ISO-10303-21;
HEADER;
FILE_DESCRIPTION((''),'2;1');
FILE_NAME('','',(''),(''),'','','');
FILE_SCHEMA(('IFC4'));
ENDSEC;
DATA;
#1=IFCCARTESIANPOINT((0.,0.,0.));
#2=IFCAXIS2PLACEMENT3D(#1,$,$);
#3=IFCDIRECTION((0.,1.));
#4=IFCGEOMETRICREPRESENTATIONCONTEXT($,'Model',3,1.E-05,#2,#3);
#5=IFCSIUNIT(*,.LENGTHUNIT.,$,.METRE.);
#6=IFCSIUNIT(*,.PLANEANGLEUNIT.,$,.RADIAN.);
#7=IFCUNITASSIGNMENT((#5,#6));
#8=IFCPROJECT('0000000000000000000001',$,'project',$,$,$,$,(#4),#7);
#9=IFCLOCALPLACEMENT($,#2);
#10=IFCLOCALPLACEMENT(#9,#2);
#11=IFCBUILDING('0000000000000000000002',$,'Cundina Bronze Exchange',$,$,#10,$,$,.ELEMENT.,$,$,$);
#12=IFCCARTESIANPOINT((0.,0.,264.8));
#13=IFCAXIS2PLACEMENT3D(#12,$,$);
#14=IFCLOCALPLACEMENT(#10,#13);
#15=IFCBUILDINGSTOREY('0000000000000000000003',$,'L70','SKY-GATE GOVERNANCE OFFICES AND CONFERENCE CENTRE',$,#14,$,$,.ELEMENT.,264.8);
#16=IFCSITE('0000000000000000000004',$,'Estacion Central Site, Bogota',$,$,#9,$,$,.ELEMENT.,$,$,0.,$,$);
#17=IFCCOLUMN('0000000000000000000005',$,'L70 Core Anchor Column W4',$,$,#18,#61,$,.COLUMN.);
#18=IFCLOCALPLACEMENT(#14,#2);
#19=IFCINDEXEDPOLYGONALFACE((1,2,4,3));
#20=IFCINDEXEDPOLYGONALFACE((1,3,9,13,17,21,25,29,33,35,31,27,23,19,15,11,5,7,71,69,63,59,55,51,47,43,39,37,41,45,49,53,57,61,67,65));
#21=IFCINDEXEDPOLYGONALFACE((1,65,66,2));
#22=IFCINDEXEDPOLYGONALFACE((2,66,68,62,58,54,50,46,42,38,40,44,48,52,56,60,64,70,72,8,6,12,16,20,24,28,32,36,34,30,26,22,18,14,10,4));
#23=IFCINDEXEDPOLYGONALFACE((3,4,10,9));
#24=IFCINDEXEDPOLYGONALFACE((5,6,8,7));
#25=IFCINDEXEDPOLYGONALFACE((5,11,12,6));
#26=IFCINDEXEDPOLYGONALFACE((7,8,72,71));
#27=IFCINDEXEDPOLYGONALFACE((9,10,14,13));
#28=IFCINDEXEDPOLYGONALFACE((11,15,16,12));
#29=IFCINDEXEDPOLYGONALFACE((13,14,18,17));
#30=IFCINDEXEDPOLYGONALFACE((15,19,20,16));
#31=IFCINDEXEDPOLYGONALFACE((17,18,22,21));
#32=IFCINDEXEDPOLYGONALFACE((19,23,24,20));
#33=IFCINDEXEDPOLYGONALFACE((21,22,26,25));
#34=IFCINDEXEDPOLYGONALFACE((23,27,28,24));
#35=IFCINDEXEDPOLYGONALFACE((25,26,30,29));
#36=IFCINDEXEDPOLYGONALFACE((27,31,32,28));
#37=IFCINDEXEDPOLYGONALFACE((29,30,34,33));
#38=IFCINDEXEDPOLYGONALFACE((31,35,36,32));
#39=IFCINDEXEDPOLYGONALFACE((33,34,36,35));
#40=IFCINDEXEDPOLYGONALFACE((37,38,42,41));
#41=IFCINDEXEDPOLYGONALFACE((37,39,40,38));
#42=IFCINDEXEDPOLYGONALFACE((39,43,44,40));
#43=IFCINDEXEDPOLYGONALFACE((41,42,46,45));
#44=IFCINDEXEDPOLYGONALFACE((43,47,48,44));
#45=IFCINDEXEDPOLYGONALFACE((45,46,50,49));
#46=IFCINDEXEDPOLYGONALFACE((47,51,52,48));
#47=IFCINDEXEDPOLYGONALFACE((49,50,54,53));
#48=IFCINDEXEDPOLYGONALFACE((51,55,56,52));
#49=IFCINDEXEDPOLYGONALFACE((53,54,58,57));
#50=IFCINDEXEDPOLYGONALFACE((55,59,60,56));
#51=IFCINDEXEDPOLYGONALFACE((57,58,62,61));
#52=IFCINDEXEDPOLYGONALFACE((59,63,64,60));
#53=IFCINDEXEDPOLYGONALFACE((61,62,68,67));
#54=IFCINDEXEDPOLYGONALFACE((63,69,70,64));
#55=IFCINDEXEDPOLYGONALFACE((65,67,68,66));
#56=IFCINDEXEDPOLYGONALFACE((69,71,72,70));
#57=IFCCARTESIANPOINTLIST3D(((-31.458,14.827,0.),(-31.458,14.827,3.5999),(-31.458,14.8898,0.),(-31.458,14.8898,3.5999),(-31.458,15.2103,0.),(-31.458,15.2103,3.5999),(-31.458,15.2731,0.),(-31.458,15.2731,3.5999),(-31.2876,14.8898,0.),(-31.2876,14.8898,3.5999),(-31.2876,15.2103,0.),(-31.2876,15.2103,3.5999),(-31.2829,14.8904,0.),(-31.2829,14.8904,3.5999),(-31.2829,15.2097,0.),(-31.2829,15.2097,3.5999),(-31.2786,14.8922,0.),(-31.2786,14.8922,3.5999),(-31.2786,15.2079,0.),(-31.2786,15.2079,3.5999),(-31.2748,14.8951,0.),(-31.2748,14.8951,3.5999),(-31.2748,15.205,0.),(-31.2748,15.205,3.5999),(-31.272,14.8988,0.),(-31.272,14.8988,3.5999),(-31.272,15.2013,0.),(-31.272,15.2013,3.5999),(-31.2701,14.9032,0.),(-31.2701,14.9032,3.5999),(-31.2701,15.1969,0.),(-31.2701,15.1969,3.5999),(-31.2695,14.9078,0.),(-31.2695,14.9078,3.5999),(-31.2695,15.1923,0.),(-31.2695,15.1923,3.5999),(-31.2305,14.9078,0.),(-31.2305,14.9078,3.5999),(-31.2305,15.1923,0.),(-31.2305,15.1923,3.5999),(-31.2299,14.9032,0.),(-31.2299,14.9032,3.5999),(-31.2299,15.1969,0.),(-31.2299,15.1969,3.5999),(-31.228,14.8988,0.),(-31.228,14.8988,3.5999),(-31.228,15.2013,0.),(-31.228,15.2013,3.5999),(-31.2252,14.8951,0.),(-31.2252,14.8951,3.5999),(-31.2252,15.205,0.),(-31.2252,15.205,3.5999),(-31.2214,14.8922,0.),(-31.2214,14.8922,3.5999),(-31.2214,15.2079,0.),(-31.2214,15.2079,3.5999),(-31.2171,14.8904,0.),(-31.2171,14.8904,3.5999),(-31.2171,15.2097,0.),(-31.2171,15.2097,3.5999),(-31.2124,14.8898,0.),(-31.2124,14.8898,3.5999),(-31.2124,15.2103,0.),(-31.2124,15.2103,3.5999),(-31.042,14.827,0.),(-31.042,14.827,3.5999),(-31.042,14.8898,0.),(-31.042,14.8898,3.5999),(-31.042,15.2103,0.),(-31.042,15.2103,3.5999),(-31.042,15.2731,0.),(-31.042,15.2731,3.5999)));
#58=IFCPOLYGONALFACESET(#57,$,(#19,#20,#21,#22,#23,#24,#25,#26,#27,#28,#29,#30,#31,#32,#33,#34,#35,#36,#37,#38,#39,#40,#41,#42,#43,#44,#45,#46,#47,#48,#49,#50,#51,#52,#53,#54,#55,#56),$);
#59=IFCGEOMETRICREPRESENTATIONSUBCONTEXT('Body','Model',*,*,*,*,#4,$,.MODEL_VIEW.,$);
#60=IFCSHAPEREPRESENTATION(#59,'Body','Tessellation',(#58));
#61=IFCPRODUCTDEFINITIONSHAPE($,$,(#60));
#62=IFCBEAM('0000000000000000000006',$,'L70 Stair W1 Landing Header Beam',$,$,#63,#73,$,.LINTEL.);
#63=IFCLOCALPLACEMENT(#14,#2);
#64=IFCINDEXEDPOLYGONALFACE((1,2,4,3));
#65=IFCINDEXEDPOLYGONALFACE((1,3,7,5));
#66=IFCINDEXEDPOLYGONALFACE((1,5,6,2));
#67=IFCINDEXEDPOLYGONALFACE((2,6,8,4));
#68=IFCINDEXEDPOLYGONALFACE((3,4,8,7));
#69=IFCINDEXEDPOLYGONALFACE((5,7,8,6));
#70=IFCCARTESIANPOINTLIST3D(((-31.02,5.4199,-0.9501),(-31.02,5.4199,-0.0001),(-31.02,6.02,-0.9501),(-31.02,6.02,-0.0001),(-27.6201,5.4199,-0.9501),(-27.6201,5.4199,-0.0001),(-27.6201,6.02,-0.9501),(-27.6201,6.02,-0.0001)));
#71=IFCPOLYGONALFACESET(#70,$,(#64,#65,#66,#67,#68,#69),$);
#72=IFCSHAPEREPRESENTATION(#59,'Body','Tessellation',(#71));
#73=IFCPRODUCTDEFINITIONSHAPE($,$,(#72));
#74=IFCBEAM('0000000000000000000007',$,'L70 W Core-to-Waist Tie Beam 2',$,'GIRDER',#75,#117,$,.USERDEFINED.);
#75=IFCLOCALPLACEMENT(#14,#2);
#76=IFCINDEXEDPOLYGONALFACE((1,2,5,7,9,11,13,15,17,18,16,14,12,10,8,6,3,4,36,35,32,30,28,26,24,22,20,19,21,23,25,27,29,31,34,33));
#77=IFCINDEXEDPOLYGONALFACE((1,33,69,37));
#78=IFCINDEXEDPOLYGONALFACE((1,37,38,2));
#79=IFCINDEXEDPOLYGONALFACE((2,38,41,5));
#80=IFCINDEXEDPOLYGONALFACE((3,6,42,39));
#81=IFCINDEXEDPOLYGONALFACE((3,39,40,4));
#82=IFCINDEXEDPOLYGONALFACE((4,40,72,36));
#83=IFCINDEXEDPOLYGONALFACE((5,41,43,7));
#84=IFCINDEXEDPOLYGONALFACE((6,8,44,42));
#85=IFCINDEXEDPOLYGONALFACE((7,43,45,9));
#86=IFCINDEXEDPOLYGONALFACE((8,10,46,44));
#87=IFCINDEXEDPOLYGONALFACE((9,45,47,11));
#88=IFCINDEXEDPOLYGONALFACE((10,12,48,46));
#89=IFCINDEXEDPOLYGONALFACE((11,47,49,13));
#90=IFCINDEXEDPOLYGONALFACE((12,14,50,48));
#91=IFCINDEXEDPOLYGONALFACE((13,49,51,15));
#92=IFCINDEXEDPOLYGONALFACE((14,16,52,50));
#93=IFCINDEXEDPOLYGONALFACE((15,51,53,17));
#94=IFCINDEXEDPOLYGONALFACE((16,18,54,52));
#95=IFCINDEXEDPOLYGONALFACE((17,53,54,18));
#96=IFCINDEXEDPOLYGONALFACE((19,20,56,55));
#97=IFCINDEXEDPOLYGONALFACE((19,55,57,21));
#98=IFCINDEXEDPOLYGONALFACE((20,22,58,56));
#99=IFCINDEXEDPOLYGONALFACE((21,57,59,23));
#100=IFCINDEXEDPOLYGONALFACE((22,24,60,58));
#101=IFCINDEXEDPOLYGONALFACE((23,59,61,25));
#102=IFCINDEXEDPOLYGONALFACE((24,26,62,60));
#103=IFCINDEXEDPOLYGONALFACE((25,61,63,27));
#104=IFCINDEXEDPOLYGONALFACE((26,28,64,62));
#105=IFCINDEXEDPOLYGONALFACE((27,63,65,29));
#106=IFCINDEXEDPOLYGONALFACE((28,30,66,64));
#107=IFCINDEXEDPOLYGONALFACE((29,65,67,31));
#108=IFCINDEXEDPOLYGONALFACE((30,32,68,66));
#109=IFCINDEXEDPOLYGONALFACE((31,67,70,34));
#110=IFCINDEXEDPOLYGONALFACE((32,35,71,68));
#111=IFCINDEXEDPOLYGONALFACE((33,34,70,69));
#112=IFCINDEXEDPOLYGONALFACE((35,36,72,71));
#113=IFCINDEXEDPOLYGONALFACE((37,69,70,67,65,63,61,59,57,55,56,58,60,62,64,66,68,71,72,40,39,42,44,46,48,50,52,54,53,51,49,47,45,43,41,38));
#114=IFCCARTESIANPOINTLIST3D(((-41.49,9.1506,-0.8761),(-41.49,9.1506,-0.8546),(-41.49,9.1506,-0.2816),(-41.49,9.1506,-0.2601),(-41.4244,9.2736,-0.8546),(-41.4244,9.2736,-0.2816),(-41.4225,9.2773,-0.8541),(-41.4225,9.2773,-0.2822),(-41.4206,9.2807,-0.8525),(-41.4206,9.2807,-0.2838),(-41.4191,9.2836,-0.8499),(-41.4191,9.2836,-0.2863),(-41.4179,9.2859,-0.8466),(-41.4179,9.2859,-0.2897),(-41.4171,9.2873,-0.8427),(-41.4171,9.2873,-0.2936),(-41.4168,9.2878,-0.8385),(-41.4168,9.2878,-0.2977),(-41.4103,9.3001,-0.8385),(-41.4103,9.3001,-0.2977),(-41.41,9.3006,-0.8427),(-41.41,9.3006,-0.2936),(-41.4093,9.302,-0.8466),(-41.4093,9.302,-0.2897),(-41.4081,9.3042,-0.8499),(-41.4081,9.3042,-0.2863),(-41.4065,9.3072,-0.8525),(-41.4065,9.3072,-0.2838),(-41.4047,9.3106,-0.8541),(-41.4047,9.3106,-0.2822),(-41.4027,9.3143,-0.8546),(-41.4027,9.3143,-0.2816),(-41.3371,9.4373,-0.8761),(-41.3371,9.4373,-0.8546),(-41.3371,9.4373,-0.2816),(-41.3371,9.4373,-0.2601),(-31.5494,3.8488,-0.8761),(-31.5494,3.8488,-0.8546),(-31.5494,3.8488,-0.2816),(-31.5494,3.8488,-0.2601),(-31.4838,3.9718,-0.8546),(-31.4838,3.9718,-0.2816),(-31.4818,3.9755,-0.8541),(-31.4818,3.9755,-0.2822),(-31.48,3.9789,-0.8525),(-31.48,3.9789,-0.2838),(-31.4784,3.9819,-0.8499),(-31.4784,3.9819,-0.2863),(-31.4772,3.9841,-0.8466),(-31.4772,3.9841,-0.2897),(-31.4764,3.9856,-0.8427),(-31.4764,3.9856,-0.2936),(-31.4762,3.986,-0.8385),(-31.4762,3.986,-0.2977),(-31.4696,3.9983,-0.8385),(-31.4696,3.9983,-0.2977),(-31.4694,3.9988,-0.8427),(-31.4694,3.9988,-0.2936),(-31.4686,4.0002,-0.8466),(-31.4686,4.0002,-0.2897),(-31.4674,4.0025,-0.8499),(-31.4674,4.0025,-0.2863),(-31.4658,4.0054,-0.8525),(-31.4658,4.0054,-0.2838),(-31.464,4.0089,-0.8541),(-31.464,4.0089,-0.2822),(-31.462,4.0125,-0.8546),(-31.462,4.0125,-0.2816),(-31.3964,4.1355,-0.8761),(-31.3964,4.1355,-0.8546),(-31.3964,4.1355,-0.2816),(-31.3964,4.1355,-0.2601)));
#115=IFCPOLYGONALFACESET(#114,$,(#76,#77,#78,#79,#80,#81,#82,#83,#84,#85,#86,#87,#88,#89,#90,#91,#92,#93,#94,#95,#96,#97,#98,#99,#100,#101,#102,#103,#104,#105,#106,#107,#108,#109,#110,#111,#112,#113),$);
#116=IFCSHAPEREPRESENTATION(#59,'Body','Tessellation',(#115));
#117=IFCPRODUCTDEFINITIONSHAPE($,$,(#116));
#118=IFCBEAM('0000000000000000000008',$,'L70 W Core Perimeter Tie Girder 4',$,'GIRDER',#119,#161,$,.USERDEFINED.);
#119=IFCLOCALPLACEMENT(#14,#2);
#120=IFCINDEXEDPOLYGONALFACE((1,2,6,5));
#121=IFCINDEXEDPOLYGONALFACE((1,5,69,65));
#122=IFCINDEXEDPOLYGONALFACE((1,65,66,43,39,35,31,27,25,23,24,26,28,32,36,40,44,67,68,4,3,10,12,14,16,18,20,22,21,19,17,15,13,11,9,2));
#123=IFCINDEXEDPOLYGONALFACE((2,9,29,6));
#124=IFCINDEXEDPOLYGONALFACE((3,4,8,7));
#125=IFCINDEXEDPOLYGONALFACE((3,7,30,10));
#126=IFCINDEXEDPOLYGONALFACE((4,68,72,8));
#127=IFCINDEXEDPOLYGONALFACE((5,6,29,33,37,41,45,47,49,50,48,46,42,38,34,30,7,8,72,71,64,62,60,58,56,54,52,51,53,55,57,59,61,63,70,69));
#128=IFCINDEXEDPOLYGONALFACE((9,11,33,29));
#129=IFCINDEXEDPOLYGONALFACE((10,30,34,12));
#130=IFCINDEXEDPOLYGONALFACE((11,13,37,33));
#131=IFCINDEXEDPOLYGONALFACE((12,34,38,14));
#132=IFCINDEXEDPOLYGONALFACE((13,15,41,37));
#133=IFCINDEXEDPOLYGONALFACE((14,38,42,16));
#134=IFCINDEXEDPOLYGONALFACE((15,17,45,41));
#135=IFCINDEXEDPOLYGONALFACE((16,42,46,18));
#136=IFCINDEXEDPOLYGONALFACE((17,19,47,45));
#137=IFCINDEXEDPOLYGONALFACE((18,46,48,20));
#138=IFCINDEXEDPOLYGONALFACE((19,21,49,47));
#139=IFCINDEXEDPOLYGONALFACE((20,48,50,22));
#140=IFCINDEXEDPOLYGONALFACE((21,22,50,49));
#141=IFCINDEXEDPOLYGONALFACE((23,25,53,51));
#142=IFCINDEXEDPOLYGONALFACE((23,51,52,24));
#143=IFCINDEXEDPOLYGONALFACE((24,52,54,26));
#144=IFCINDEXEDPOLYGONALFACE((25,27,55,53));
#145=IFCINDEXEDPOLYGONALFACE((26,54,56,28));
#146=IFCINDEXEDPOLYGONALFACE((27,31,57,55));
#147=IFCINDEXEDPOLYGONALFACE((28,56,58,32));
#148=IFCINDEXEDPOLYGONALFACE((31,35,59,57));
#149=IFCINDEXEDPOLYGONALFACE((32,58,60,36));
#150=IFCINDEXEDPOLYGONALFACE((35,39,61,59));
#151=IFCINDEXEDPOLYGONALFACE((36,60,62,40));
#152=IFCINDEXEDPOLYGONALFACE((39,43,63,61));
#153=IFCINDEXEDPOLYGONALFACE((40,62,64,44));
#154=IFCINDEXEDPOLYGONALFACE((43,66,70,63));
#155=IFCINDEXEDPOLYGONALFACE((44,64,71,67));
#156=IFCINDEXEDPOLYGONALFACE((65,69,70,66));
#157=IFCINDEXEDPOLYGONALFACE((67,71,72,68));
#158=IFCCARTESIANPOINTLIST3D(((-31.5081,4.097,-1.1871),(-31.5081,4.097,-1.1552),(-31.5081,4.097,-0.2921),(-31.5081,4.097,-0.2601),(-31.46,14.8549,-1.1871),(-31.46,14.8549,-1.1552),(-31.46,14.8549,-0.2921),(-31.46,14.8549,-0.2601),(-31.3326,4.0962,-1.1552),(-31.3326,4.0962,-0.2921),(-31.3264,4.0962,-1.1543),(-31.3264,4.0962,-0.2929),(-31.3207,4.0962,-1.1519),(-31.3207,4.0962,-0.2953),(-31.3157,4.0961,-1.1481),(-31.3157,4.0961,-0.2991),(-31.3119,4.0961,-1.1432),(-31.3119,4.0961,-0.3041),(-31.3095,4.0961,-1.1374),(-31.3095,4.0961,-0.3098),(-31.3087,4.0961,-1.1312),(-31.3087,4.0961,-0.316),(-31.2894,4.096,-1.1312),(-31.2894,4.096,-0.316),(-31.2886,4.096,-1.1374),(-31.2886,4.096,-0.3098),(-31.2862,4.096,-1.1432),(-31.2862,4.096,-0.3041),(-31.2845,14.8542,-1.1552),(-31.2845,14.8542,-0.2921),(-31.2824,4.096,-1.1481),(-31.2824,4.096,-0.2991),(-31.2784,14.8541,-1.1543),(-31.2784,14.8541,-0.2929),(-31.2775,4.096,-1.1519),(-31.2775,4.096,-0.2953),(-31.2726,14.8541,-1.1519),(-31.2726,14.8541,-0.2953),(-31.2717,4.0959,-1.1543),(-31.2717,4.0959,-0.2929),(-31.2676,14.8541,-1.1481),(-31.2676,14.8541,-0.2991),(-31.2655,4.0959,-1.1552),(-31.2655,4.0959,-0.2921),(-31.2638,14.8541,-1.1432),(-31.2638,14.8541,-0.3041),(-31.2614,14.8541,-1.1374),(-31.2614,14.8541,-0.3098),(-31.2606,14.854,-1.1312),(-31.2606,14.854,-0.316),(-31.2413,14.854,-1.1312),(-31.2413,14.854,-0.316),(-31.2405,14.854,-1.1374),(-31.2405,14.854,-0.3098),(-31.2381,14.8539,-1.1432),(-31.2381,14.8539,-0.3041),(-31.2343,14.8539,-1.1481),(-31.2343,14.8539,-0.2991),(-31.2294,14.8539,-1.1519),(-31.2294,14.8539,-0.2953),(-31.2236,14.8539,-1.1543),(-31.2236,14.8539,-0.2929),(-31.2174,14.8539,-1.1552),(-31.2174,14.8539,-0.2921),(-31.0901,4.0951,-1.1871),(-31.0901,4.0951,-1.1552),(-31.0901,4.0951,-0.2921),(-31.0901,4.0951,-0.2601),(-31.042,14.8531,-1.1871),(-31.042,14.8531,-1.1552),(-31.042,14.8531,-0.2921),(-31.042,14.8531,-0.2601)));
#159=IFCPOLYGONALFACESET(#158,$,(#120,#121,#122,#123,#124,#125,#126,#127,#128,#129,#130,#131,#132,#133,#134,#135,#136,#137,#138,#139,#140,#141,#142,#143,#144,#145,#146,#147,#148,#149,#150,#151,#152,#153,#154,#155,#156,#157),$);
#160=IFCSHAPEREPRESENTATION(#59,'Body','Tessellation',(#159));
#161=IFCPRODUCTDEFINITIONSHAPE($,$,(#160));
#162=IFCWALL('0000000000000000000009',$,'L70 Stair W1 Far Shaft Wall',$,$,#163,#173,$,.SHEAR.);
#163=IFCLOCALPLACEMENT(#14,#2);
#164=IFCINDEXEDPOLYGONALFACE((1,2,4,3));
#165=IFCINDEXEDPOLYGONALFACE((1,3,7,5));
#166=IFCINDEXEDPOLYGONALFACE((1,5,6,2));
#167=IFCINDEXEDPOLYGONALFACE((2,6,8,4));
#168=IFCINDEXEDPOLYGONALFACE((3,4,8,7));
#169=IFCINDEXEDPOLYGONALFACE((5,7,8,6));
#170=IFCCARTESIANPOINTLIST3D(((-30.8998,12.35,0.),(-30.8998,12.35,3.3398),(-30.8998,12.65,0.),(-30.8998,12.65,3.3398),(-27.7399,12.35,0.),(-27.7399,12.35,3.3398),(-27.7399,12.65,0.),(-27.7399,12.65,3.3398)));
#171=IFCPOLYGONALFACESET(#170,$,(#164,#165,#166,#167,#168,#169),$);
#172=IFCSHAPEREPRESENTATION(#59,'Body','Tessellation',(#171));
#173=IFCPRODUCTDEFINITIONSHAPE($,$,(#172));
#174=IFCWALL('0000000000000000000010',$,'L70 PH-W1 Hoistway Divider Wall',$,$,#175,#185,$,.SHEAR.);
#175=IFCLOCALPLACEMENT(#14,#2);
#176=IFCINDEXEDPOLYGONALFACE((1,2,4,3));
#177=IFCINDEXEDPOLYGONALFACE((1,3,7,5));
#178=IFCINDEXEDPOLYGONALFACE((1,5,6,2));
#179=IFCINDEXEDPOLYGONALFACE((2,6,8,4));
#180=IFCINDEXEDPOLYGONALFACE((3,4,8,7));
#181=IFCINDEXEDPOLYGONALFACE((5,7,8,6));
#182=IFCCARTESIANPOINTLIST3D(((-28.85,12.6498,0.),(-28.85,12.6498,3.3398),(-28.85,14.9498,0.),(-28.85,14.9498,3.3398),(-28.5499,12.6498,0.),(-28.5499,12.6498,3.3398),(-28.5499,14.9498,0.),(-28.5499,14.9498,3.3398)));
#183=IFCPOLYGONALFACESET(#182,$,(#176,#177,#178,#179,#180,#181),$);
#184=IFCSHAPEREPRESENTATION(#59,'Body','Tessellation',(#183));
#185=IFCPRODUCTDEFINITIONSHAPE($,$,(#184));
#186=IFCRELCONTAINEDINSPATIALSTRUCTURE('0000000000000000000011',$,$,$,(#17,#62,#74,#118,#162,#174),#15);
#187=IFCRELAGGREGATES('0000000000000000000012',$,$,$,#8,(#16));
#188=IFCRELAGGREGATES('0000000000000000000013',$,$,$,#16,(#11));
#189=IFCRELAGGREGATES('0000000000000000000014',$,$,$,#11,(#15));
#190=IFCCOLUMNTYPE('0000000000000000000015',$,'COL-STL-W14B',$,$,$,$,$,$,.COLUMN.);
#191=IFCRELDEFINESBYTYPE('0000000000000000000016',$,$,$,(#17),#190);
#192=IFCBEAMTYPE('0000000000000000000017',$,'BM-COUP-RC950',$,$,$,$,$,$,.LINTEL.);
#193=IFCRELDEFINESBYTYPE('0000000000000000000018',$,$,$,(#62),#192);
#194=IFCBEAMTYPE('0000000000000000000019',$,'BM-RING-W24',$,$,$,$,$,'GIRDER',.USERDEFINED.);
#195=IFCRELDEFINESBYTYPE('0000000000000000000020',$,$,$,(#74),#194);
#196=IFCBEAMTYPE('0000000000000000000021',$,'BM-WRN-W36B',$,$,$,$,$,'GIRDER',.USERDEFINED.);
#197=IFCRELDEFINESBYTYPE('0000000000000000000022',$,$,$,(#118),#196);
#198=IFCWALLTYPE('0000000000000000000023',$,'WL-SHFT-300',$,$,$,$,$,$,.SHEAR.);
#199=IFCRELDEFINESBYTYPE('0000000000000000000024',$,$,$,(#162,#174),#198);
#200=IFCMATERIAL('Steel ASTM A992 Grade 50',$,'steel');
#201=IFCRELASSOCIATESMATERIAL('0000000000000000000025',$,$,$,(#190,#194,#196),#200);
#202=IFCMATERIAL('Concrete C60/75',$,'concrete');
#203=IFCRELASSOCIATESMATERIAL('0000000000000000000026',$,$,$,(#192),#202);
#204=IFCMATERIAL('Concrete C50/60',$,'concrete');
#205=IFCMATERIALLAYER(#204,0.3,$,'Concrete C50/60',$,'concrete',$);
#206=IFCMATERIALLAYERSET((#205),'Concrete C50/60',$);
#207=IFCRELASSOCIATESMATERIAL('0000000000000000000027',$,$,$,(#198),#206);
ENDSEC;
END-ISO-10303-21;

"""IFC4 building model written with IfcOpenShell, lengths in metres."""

from ifc_helpers import new_model, si_unit, direction, frame, frame_2d, origin, origin_2d, place, context, subcontext, project, spatial, rectangle, i_section, extrude, material, layer, layer_set, material_profile, profile_set, type_object, element, save


model = new_model("IFC4")

# Units and contexts
model_context = context("Model", 3, precision=1e-05, world=origin(), true_north=direction((0.0, 1.0)))
body_context = subcontext(model_context, "Body", "Model", "MODEL_VIEW")
ifc_project = project(units=[si_unit("LENGTHUNIT", "METRE"), si_unit("PLANEANGLEUNIT", "RADIAN")], contexts=[model_context])

# Site, building, storey
site_placement = place(None, origin())
site = spatial("IfcSite", under=ifc_project, at=site_placement, Name="Estacion Central Site, Bogota", CompositionType="ELEMENT", RefElevation=0.0)
building_placement = place(site_placement, origin())
building = spatial("IfcBuilding", under=site, at=building_placement, Name="Cundina Bronze Exchange", CompositionType="ELEMENT")
storey_placement = place(building_placement, frame((0.0, 0.0, 264.8)))
storey = spatial("IfcBuildingStorey", under=building, at=storey_placement, Name="L70", Description="SKY-GATE GOVERNANCE OFFICES AND CONFERENCE CENTRE", CompositionType="ELEMENT", Elevation=264.8)

# Column
ifc_material_1 = material(Name="Steel ASTM A992 Grade 50", Category="steel")
ifc_material_profile_1 = material_profile(ifc_material_1, i_section(OverallWidth=0.416, OverallDepth=0.446, WebThickness=0.0391, FlangeThickness=0.0627, FilletRadius=0.0181, at=origin_2d()), Name="W14X342", Category="steel")
ifc_profile_set_1 = profile_set([ifc_material_profile_1], Name="Steel ASTM A992 Grade 50")
column_type = type_object("IfcColumnType", Name="COL-STL-W14B", PredefinedType="COLUMN", material=ifc_profile_set_1)
column_placement = place(storey_placement, frame((-31.25, 15.05, 0.0), z_axis=(0.0, 0.0, 1.0), x_axis=(1.0, 0.0, 0.0)))
element("IfcColumn", 1, at=column_placement, inside=storey, type_object=column_type, Name="L70 Core Anchor Column W4", PredefinedType="COLUMN", context=body_context, shape_type="SweptSolid", body=[
    extrude(i_section(OverallWidth=0.416, OverallDepth=0.446, WebThickness=0.0391, FlangeThickness=0.0627, FilletRadius=0.0181, at=origin_2d()), origin(), (0.0, 0.0, 1.0), 3.5999),
])

# Beams
ifc_material_2 = material(Name="Concrete C60/75", Category="concrete")
ifc_material_profile_2 = material_profile(ifc_material_2, rectangle(XDim=0.6001, YDim=0.95, at=origin_2d()), Name="RC600X950", Category="concrete")
ifc_profile_set_2 = profile_set([ifc_material_profile_2], Name="Concrete C60/75")
beam_type_1 = type_object("IfcBeamType", Name="BM-COUP-RC950", PredefinedType="LINTEL", material=ifc_profile_set_2)
beam_1_placement = place(storey_placement, frame((-31.02, 5.72, -0.4751), z_axis=(1.0, 0.0, 0.0), x_axis=(0.0, 1.0, 0.0)))
element("IfcBeam", 2, at=beam_1_placement, inside=storey, type_object=beam_type_1, Name="L70 Stair W1 Landing Header Beam", PredefinedType="LINTEL", context=body_context, shape_type="SweptSolid", body=[
    extrude(rectangle(XDim=0.6001, YDim=0.95, at=origin_2d()), origin(), (0.0, 0.0, 1.0), 3.3999),
])
ifc_material_profile_3 = material_profile(ifc_material_1, i_section(OverallWidth=0.325, OverallDepth=0.616, WebThickness=0.0139, FlangeThickness=0.0215, FilletRadius=0.0161, at=origin_2d()), Name="W24X117", Category="steel")
ifc_profile_set_3 = profile_set([ifc_material_profile_3], Name="Steel ASTM A992 Grade 50")
beam_type_2 = type_object("IfcBeamType", Name="BM-RING-W24", ElementType="GIRDER", PredefinedType="USERDEFINED", material=ifc_profile_set_3)
beam_2_placement = place(storey_placement, frame((-31.4729, 3.9922, -0.5681), z_axis=(-0.882351, 0.470593, 0.0), x_axis=(-0.470593, -0.882351, 0.0)))
element("IfcBeam", 3, at=beam_2_placement, inside=storey, type_object=beam_type_2, Name="L70 W Core-to-Waist Tie Beam 2", ObjectType="GIRDER", PredefinedType="USERDEFINED", context=body_context, shape_type="SweptSolid", body=[
    extrude(i_section(OverallWidth=0.325, OverallDepth=0.616, WebThickness=0.0139, FlangeThickness=0.0215, FilletRadius=0.0161, at=origin_2d()), origin(), (0.0, 0.0, 1.0), 11.2661),
])
ifc_material_profile_4 = material_profile(ifc_material_1, i_section(OverallWidth=0.418, OverallDepth=0.927, WebThickness=0.0193, FlangeThickness=0.032, FilletRadius=0.0239, at=origin_2d()), Name="W36X231", Category="steel")
ifc_profile_set_4 = profile_set([ifc_material_profile_4], Name="Steel ASTM A992 Grade 50")
beam_type_3 = type_object("IfcBeamType", Name="BM-WRN-W36B", ElementType="GIRDER", PredefinedType="USERDEFINED", material=ifc_profile_set_4)
beam_3_placement = place(storey_placement, frame((-31.251, 14.854, -0.7236), z_axis=(-0.004471, -0.99999, 0.0), x_axis=(0.99999, -0.004471, 0.0)))
element("IfcBeam", 4, at=beam_3_placement, inside=storey, type_object=beam_type_3, Name="L70 W Core Perimeter Tie Girder 4", ObjectType="GIRDER", PredefinedType="USERDEFINED", context=body_context, shape_type="SweptSolid", body=[
    extrude(i_section(OverallWidth=0.418, OverallDepth=0.927, WebThickness=0.0193, FlangeThickness=0.032, FilletRadius=0.0239, at=origin_2d()), origin(), (0.0, 0.0, 1.0), 10.7581),
])

# Shared definitions
ifc_material_3 = material(Name="Concrete C50/60", Category="concrete")
ifc_layer_1 = layer(ifc_material_3, 0.3, Name="Concrete C50/60", Category="concrete")
ifc_layer_set_1 = layer_set([ifc_layer_1], Name="Concrete C50/60")
wall_type_1 = type_object("IfcWallType", Name="WL-SHFT-300", PredefinedType="SHEAR", material=ifc_layer_set_1)

# Walls
wall_1_placement = place(storey_placement, frame((-30.8999, 12.5, 0.0), z_axis=(0.0, 0.0, 1.0), x_axis=(1.0, 0.0, 0.0)))
element("IfcWall", 5, at=wall_1_placement, inside=storey, type_object=wall_type_1, Name="L70 Stair W1 Far Shaft Wall", PredefinedType="SHEAR", context=body_context, shape_type="SweptSolid", body=[
    extrude(rectangle(XDim=3.1599, YDim=0.3, at=frame_2d((1.5801, 0.0))), origin(), (0.0, 0.0, 1.0), 3.3398),
])
wall_2_placement = place(storey_placement, frame((-28.7, 12.6499, 0.0), z_axis=(0.0, 0.0, 1.0), x_axis=(0.0, 1.0, 0.0)))
element("IfcWall", 6, at=wall_2_placement, inside=storey, type_object=wall_type_1, Name="L70 PH-W1 Hoistway Divider Wall", PredefinedType="SHEAR", context=body_context, shape_type="SweptSolid", body=[
    extrude(rectangle(XDim=2.3, YDim=0.3, at=frame_2d((1.1499, 0.0))), origin(), (0.0, 0.0, 1.0), 3.3398),
])

save(model, "model.ifc")
